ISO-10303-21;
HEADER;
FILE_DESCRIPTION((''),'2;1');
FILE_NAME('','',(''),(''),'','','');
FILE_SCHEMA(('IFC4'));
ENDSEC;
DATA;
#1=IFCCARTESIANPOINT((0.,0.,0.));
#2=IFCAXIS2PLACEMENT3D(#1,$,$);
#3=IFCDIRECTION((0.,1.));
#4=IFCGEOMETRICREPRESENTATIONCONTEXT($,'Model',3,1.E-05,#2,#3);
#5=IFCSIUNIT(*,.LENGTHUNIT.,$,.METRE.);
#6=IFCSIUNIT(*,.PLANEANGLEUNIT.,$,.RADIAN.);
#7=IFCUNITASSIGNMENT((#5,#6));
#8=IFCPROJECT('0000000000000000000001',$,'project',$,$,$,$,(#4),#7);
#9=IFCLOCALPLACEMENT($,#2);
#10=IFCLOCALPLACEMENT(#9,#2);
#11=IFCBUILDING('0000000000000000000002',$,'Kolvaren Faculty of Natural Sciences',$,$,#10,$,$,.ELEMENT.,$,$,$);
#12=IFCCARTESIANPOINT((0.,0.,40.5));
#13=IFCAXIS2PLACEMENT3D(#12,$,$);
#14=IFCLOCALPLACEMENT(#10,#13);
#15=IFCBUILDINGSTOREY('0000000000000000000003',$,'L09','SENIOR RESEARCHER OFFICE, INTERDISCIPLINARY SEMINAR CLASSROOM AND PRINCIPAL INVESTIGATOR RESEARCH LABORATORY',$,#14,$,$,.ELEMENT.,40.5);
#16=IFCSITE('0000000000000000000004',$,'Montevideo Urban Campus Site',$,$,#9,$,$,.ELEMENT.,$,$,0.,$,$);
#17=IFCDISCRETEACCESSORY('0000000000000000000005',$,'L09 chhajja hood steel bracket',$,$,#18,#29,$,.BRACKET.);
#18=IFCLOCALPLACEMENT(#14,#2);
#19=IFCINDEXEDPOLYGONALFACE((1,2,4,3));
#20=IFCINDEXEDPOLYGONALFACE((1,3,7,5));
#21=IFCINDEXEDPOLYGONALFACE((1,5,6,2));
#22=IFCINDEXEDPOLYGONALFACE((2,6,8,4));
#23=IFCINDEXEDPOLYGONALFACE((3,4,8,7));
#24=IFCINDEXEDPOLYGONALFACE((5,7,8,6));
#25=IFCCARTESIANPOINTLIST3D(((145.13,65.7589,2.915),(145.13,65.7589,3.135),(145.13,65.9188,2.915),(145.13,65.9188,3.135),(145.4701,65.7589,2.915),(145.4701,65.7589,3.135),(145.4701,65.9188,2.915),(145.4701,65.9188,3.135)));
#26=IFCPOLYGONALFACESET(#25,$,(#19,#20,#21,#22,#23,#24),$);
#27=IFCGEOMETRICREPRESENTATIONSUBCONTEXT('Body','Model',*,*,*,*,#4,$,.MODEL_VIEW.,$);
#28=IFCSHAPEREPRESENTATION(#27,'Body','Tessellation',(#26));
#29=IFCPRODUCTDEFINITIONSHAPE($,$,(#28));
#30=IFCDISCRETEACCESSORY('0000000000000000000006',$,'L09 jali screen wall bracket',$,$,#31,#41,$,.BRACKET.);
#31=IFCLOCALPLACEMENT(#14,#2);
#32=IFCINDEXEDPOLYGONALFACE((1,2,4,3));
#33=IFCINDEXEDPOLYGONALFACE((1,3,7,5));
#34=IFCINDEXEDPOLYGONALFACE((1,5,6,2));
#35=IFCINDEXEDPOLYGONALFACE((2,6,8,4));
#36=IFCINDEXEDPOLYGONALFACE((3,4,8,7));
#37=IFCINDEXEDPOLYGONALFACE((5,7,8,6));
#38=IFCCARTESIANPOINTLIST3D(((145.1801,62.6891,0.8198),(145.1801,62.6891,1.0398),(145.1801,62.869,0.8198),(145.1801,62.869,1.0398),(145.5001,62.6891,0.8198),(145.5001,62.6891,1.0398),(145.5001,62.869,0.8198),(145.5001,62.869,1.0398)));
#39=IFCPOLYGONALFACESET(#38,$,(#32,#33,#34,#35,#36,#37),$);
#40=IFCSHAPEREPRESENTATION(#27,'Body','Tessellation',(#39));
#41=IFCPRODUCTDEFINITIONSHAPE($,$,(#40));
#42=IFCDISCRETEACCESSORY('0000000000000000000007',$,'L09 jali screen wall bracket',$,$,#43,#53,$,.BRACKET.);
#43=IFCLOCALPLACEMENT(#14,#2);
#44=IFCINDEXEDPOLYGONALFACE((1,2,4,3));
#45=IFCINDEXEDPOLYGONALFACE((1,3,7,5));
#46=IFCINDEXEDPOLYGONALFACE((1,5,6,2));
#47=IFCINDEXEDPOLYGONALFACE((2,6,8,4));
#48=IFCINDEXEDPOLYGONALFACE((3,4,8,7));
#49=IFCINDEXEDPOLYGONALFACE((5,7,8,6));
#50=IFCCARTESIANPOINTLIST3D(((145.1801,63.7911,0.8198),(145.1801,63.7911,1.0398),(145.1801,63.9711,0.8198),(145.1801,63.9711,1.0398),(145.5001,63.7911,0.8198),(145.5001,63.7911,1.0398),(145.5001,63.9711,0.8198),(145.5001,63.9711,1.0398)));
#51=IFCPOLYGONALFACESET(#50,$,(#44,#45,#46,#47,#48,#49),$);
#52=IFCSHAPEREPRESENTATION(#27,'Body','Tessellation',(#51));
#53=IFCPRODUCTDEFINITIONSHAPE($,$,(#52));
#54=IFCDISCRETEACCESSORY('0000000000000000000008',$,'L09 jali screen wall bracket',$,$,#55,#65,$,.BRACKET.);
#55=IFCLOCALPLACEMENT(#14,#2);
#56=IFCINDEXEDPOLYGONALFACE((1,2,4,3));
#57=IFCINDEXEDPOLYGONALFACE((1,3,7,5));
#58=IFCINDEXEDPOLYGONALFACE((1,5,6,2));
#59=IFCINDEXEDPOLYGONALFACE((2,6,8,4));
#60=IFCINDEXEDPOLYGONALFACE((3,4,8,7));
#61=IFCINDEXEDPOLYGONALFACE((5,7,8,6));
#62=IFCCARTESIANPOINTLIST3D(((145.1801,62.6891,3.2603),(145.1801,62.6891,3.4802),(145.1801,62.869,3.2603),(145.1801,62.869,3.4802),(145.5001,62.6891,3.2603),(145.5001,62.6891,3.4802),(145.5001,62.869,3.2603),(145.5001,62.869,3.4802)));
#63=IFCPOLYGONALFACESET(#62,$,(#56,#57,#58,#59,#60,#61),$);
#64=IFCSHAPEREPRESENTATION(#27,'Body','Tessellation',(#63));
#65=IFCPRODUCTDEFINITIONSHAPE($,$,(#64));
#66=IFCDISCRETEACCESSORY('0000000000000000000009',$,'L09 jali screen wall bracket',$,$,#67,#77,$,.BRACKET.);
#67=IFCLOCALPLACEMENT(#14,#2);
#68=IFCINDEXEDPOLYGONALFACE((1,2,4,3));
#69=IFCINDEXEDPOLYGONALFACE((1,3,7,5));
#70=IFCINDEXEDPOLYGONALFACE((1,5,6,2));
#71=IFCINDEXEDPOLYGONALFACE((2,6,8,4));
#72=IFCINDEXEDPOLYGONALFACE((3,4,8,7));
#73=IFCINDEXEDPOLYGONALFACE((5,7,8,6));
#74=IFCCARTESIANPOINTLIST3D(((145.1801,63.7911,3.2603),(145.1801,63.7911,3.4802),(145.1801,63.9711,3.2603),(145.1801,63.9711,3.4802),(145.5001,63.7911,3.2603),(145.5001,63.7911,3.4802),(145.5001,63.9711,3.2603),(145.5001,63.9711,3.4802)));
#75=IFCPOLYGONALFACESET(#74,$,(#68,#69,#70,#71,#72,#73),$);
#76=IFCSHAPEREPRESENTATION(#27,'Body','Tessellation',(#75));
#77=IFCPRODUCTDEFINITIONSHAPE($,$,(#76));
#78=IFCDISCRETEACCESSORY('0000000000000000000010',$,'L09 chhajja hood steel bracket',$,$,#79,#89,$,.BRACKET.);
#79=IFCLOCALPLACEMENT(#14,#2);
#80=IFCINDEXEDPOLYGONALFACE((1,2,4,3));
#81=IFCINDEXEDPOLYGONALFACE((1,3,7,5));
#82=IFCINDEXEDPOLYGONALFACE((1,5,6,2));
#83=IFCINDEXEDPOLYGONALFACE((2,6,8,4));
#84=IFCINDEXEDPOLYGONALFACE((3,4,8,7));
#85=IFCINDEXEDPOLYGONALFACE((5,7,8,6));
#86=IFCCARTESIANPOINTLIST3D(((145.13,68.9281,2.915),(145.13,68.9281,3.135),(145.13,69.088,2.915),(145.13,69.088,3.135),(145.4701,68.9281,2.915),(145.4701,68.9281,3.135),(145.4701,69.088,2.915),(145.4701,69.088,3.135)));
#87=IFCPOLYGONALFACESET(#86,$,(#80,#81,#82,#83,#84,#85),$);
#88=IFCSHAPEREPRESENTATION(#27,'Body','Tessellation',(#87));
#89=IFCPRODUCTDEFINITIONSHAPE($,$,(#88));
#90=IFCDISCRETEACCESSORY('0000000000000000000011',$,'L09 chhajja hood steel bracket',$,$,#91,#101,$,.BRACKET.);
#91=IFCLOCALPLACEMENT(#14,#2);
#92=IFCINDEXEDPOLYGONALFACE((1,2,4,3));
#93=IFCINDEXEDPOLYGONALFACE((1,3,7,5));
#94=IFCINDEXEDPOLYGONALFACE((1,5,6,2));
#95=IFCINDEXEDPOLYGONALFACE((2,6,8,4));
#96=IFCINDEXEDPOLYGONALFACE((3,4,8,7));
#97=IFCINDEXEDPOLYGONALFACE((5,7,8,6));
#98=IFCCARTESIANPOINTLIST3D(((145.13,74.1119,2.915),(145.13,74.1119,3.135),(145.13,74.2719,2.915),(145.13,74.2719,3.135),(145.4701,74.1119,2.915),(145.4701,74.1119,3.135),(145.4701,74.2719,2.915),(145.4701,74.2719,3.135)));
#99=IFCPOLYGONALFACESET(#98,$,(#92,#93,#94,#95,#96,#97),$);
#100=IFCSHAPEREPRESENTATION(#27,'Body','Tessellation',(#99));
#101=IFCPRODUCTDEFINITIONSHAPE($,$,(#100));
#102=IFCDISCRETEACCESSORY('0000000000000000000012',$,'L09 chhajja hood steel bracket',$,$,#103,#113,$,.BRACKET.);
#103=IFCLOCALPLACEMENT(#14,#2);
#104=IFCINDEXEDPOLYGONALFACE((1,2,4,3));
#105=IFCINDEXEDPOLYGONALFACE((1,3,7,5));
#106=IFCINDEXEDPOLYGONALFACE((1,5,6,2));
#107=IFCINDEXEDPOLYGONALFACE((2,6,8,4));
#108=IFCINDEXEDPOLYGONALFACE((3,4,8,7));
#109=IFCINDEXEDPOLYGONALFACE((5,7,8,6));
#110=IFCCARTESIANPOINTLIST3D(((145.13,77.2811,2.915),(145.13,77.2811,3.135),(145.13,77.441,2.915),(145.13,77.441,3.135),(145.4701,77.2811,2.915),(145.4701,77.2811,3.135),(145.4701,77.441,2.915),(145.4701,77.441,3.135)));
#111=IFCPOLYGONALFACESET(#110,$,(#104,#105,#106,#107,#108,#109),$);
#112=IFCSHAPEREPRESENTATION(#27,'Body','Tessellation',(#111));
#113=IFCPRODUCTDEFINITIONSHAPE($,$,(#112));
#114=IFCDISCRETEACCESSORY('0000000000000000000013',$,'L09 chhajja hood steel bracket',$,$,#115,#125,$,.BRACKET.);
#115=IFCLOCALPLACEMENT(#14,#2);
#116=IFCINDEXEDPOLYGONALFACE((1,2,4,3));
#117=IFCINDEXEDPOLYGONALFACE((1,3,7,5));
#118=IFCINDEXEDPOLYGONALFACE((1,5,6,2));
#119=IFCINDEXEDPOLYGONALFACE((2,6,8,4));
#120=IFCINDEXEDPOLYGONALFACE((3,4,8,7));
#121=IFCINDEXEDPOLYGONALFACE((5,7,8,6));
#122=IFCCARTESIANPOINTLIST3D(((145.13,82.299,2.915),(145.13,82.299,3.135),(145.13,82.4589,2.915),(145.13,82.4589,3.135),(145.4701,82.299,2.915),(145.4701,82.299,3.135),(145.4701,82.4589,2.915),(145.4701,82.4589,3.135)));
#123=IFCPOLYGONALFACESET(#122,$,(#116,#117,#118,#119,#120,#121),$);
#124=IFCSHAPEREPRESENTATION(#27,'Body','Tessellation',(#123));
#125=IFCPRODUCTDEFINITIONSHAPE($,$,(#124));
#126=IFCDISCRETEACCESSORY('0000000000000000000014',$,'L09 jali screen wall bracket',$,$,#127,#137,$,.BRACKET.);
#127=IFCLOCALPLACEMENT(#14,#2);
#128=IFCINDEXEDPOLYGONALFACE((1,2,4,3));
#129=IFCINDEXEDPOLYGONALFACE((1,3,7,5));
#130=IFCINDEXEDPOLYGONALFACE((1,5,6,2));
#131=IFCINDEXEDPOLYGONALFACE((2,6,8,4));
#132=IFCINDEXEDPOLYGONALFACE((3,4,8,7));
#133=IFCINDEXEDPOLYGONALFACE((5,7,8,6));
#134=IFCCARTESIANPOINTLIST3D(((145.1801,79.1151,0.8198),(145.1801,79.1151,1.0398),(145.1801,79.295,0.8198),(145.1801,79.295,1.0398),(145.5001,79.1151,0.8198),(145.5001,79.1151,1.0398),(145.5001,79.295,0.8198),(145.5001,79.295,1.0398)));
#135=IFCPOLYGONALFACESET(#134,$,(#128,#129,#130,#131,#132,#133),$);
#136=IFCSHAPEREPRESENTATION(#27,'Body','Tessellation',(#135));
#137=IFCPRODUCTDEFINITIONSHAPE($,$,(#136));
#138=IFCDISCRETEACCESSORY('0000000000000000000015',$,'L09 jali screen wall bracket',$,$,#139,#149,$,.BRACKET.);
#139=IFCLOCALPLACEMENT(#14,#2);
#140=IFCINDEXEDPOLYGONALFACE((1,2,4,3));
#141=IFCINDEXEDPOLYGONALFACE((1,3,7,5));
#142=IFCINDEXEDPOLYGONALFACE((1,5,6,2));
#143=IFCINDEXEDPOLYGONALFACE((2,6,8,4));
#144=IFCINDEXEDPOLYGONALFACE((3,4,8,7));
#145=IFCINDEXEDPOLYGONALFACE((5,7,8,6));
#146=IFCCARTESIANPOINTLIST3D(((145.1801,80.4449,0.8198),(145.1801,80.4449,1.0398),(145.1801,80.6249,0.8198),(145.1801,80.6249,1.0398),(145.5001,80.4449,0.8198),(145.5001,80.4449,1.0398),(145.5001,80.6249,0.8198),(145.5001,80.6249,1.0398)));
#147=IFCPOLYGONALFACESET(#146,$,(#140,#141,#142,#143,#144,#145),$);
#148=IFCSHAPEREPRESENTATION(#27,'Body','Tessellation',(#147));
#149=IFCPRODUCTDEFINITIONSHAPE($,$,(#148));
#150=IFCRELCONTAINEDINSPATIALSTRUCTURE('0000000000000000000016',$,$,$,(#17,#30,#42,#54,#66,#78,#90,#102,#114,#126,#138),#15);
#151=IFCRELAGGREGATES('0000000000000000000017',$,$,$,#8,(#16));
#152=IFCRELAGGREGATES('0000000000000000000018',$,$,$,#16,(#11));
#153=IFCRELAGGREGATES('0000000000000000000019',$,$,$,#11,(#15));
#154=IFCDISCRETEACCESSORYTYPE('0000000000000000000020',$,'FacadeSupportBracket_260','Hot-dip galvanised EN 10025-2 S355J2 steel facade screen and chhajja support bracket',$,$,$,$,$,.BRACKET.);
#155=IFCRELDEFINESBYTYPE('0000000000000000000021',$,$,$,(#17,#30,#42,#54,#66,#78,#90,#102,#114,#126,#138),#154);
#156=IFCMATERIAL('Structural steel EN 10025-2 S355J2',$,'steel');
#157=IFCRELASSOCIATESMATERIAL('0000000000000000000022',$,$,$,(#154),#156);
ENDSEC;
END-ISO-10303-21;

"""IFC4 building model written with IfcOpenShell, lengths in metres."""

from ifc_helpers import new_model, si_unit, direction, frame, origin, origin_2d, place, context, subcontext, project, spatial, rectangle, extrude, material, type_object, element, save


model = new_model("IFC4")

# Units and contexts
model_context = context("Model", 3, precision=1e-05, world=origin(), true_north=direction((0.0, 1.0)))
body_context = subcontext(model_context, "Body", "Model", "MODEL_VIEW")
ifc_project = project(units=[si_unit("LENGTHUNIT", "METRE"), si_unit("PLANEANGLEUNIT", "RADIAN")], contexts=[model_context])

# Site, building, storey
site_placement = place(None, origin())
site = spatial("IfcSite", under=ifc_project, at=site_placement, Name="Montevideo Urban Campus Site", CompositionType="ELEMENT", RefElevation=0.0)
building_placement = place(site_placement, origin())
building = spatial("IfcBuilding", under=site, at=building_placement, Name="Kolvaren Faculty of Natural Sciences", CompositionType="ELEMENT")
storey_placement = place(building_placement, frame((0.0, 0.0, 40.5)))
storey = spatial("IfcBuildingStorey", under=building, at=storey_placement, Name="L09", Description="SENIOR RESEARCHER OFFICE, INTERDISCIPLINARY SEMINAR CLASSROOM AND PRINCIPAL INVESTIGATOR RESEARCH LABORATORY", CompositionType="ELEMENT", Elevation=40.5)

# Discrete accessories
ifc_material_1 = material(Name="Structural steel EN 10025-2 S355J2", Category="steel")
discrete_accessory_type = type_object("IfcDiscreteAccessoryType", Name="FacadeSupportBracket_260", Description="Hot-dip galvanised EN 10025-2 S355J2 steel facade screen and chhajja support bracket", PredefinedType="BRACKET", material=ifc_material_1)
for number, where, z_axis, x_axis, name in (
    (1, (145.3, 65.8389, 2.915), (0.0, 0.0, 1.0), (0.0, 1.0, 0.0), "L09 chhajja hood steel bracket"),
):
    element("IfcDiscreteAccessory", number, at=place(storey_placement, frame(where, z_axis=z_axis, x_axis=x_axis)), inside=storey, type_object=discrete_accessory_type, Name=name, PredefinedType="BRACKET", context=body_context, shape_type="SweptSolid", body=[
        extrude(rectangle(XDim=0.1599, YDim=0.3401, at=origin_2d()), origin(), (0.0, 0.0, 1.0), 0.22),
    ])
for number, where, z_axis, x_axis, name in (
    (2, (145.3401, 62.7791, 0.8198), (0.0, 0.0, 1.0), (0.0, 1.0, 0.0), "L09 jali screen wall bracket"),
    (3, (145.3401, 63.8811, 0.8198), (0.0, 0.0, 1.0), (0.0, 1.0, 0.0), "L09 jali screen wall bracket"),
    (4, (145.3401, 62.7791, 3.2603), (0.0, 0.0, 1.0), (0.0, 1.0, 0.0), "L09 jali screen wall bracket"),
    (5, (145.3401, 63.8811, 3.2603), (0.0, 0.0, 1.0), (0.0, 1.0, 0.0), "L09 jali screen wall bracket"),
):
    element("IfcDiscreteAccessory", number, at=place(storey_placement, frame(where, z_axis=z_axis, x_axis=x_axis)), inside=storey, type_object=discrete_accessory_type, Name=name, PredefinedType="BRACKET", context=body_context, shape_type="SweptSolid", body=[
        extrude(rectangle(XDim=0.1799, YDim=0.3201, at=origin_2d()), origin(), (0.0, 0.0, 1.0), 0.22),
    ])
for number, where, z_axis, x_axis, name in (
    (6, (145.3, 69.0081, 2.915), (0.0, 0.0, 1.0), (0.0, 1.0, 0.0), "L09 chhajja hood steel bracket"),
    (7, (145.3, 74.1919, 2.915), (0.0, 0.0, 1.0), (0.0, 1.0, 0.0), "L09 chhajja hood steel bracket"),
    (8, (145.3, 77.3611, 2.915), (0.0, 0.0, 1.0), (0.0, 1.0, 0.0), "L09 chhajja hood steel bracket"),
    (9, (145.3, 82.3789, 2.915), (0.0, 0.0, 1.0), (0.0, 1.0, 0.0), "L09 chhajja hood steel bracket"),
):
    element("IfcDiscreteAccessory", number, at=place(storey_placement, frame(where, z_axis=z_axis, x_axis=x_axis)), inside=storey, type_object=discrete_accessory_type, Name=name, PredefinedType="BRACKET", context=body_context, shape_type="SweptSolid", body=[
        extrude(rectangle(XDim=0.1599, YDim=0.3401, at=origin_2d()), origin(), (0.0, 0.0, 1.0), 0.22),
    ])
for number, where, z_axis, x_axis, name in (
    (10, (145.3401, 79.2051, 0.8198), (0.0, 0.0, 1.0), (0.0, 1.0, 0.0), "L09 jali screen wall bracket"),
    (11, (145.3401, 80.5349, 0.8198), (0.0, 0.0, 1.0), (0.0, 1.0, 0.0), "L09 jali screen wall bracket"),
):
    element("IfcDiscreteAccessory", number, at=place(storey_placement, frame(where, z_axis=z_axis, x_axis=x_axis)), inside=storey, type_object=discrete_accessory_type, Name=name, PredefinedType="BRACKET", context=body_context, shape_type="SweptSolid", body=[
        extrude(rectangle(XDim=0.1799, YDim=0.3201, at=origin_2d()), origin(), (0.0, 0.0, 1.0), 0.22),
    ])

save(model, "model.ifc")
